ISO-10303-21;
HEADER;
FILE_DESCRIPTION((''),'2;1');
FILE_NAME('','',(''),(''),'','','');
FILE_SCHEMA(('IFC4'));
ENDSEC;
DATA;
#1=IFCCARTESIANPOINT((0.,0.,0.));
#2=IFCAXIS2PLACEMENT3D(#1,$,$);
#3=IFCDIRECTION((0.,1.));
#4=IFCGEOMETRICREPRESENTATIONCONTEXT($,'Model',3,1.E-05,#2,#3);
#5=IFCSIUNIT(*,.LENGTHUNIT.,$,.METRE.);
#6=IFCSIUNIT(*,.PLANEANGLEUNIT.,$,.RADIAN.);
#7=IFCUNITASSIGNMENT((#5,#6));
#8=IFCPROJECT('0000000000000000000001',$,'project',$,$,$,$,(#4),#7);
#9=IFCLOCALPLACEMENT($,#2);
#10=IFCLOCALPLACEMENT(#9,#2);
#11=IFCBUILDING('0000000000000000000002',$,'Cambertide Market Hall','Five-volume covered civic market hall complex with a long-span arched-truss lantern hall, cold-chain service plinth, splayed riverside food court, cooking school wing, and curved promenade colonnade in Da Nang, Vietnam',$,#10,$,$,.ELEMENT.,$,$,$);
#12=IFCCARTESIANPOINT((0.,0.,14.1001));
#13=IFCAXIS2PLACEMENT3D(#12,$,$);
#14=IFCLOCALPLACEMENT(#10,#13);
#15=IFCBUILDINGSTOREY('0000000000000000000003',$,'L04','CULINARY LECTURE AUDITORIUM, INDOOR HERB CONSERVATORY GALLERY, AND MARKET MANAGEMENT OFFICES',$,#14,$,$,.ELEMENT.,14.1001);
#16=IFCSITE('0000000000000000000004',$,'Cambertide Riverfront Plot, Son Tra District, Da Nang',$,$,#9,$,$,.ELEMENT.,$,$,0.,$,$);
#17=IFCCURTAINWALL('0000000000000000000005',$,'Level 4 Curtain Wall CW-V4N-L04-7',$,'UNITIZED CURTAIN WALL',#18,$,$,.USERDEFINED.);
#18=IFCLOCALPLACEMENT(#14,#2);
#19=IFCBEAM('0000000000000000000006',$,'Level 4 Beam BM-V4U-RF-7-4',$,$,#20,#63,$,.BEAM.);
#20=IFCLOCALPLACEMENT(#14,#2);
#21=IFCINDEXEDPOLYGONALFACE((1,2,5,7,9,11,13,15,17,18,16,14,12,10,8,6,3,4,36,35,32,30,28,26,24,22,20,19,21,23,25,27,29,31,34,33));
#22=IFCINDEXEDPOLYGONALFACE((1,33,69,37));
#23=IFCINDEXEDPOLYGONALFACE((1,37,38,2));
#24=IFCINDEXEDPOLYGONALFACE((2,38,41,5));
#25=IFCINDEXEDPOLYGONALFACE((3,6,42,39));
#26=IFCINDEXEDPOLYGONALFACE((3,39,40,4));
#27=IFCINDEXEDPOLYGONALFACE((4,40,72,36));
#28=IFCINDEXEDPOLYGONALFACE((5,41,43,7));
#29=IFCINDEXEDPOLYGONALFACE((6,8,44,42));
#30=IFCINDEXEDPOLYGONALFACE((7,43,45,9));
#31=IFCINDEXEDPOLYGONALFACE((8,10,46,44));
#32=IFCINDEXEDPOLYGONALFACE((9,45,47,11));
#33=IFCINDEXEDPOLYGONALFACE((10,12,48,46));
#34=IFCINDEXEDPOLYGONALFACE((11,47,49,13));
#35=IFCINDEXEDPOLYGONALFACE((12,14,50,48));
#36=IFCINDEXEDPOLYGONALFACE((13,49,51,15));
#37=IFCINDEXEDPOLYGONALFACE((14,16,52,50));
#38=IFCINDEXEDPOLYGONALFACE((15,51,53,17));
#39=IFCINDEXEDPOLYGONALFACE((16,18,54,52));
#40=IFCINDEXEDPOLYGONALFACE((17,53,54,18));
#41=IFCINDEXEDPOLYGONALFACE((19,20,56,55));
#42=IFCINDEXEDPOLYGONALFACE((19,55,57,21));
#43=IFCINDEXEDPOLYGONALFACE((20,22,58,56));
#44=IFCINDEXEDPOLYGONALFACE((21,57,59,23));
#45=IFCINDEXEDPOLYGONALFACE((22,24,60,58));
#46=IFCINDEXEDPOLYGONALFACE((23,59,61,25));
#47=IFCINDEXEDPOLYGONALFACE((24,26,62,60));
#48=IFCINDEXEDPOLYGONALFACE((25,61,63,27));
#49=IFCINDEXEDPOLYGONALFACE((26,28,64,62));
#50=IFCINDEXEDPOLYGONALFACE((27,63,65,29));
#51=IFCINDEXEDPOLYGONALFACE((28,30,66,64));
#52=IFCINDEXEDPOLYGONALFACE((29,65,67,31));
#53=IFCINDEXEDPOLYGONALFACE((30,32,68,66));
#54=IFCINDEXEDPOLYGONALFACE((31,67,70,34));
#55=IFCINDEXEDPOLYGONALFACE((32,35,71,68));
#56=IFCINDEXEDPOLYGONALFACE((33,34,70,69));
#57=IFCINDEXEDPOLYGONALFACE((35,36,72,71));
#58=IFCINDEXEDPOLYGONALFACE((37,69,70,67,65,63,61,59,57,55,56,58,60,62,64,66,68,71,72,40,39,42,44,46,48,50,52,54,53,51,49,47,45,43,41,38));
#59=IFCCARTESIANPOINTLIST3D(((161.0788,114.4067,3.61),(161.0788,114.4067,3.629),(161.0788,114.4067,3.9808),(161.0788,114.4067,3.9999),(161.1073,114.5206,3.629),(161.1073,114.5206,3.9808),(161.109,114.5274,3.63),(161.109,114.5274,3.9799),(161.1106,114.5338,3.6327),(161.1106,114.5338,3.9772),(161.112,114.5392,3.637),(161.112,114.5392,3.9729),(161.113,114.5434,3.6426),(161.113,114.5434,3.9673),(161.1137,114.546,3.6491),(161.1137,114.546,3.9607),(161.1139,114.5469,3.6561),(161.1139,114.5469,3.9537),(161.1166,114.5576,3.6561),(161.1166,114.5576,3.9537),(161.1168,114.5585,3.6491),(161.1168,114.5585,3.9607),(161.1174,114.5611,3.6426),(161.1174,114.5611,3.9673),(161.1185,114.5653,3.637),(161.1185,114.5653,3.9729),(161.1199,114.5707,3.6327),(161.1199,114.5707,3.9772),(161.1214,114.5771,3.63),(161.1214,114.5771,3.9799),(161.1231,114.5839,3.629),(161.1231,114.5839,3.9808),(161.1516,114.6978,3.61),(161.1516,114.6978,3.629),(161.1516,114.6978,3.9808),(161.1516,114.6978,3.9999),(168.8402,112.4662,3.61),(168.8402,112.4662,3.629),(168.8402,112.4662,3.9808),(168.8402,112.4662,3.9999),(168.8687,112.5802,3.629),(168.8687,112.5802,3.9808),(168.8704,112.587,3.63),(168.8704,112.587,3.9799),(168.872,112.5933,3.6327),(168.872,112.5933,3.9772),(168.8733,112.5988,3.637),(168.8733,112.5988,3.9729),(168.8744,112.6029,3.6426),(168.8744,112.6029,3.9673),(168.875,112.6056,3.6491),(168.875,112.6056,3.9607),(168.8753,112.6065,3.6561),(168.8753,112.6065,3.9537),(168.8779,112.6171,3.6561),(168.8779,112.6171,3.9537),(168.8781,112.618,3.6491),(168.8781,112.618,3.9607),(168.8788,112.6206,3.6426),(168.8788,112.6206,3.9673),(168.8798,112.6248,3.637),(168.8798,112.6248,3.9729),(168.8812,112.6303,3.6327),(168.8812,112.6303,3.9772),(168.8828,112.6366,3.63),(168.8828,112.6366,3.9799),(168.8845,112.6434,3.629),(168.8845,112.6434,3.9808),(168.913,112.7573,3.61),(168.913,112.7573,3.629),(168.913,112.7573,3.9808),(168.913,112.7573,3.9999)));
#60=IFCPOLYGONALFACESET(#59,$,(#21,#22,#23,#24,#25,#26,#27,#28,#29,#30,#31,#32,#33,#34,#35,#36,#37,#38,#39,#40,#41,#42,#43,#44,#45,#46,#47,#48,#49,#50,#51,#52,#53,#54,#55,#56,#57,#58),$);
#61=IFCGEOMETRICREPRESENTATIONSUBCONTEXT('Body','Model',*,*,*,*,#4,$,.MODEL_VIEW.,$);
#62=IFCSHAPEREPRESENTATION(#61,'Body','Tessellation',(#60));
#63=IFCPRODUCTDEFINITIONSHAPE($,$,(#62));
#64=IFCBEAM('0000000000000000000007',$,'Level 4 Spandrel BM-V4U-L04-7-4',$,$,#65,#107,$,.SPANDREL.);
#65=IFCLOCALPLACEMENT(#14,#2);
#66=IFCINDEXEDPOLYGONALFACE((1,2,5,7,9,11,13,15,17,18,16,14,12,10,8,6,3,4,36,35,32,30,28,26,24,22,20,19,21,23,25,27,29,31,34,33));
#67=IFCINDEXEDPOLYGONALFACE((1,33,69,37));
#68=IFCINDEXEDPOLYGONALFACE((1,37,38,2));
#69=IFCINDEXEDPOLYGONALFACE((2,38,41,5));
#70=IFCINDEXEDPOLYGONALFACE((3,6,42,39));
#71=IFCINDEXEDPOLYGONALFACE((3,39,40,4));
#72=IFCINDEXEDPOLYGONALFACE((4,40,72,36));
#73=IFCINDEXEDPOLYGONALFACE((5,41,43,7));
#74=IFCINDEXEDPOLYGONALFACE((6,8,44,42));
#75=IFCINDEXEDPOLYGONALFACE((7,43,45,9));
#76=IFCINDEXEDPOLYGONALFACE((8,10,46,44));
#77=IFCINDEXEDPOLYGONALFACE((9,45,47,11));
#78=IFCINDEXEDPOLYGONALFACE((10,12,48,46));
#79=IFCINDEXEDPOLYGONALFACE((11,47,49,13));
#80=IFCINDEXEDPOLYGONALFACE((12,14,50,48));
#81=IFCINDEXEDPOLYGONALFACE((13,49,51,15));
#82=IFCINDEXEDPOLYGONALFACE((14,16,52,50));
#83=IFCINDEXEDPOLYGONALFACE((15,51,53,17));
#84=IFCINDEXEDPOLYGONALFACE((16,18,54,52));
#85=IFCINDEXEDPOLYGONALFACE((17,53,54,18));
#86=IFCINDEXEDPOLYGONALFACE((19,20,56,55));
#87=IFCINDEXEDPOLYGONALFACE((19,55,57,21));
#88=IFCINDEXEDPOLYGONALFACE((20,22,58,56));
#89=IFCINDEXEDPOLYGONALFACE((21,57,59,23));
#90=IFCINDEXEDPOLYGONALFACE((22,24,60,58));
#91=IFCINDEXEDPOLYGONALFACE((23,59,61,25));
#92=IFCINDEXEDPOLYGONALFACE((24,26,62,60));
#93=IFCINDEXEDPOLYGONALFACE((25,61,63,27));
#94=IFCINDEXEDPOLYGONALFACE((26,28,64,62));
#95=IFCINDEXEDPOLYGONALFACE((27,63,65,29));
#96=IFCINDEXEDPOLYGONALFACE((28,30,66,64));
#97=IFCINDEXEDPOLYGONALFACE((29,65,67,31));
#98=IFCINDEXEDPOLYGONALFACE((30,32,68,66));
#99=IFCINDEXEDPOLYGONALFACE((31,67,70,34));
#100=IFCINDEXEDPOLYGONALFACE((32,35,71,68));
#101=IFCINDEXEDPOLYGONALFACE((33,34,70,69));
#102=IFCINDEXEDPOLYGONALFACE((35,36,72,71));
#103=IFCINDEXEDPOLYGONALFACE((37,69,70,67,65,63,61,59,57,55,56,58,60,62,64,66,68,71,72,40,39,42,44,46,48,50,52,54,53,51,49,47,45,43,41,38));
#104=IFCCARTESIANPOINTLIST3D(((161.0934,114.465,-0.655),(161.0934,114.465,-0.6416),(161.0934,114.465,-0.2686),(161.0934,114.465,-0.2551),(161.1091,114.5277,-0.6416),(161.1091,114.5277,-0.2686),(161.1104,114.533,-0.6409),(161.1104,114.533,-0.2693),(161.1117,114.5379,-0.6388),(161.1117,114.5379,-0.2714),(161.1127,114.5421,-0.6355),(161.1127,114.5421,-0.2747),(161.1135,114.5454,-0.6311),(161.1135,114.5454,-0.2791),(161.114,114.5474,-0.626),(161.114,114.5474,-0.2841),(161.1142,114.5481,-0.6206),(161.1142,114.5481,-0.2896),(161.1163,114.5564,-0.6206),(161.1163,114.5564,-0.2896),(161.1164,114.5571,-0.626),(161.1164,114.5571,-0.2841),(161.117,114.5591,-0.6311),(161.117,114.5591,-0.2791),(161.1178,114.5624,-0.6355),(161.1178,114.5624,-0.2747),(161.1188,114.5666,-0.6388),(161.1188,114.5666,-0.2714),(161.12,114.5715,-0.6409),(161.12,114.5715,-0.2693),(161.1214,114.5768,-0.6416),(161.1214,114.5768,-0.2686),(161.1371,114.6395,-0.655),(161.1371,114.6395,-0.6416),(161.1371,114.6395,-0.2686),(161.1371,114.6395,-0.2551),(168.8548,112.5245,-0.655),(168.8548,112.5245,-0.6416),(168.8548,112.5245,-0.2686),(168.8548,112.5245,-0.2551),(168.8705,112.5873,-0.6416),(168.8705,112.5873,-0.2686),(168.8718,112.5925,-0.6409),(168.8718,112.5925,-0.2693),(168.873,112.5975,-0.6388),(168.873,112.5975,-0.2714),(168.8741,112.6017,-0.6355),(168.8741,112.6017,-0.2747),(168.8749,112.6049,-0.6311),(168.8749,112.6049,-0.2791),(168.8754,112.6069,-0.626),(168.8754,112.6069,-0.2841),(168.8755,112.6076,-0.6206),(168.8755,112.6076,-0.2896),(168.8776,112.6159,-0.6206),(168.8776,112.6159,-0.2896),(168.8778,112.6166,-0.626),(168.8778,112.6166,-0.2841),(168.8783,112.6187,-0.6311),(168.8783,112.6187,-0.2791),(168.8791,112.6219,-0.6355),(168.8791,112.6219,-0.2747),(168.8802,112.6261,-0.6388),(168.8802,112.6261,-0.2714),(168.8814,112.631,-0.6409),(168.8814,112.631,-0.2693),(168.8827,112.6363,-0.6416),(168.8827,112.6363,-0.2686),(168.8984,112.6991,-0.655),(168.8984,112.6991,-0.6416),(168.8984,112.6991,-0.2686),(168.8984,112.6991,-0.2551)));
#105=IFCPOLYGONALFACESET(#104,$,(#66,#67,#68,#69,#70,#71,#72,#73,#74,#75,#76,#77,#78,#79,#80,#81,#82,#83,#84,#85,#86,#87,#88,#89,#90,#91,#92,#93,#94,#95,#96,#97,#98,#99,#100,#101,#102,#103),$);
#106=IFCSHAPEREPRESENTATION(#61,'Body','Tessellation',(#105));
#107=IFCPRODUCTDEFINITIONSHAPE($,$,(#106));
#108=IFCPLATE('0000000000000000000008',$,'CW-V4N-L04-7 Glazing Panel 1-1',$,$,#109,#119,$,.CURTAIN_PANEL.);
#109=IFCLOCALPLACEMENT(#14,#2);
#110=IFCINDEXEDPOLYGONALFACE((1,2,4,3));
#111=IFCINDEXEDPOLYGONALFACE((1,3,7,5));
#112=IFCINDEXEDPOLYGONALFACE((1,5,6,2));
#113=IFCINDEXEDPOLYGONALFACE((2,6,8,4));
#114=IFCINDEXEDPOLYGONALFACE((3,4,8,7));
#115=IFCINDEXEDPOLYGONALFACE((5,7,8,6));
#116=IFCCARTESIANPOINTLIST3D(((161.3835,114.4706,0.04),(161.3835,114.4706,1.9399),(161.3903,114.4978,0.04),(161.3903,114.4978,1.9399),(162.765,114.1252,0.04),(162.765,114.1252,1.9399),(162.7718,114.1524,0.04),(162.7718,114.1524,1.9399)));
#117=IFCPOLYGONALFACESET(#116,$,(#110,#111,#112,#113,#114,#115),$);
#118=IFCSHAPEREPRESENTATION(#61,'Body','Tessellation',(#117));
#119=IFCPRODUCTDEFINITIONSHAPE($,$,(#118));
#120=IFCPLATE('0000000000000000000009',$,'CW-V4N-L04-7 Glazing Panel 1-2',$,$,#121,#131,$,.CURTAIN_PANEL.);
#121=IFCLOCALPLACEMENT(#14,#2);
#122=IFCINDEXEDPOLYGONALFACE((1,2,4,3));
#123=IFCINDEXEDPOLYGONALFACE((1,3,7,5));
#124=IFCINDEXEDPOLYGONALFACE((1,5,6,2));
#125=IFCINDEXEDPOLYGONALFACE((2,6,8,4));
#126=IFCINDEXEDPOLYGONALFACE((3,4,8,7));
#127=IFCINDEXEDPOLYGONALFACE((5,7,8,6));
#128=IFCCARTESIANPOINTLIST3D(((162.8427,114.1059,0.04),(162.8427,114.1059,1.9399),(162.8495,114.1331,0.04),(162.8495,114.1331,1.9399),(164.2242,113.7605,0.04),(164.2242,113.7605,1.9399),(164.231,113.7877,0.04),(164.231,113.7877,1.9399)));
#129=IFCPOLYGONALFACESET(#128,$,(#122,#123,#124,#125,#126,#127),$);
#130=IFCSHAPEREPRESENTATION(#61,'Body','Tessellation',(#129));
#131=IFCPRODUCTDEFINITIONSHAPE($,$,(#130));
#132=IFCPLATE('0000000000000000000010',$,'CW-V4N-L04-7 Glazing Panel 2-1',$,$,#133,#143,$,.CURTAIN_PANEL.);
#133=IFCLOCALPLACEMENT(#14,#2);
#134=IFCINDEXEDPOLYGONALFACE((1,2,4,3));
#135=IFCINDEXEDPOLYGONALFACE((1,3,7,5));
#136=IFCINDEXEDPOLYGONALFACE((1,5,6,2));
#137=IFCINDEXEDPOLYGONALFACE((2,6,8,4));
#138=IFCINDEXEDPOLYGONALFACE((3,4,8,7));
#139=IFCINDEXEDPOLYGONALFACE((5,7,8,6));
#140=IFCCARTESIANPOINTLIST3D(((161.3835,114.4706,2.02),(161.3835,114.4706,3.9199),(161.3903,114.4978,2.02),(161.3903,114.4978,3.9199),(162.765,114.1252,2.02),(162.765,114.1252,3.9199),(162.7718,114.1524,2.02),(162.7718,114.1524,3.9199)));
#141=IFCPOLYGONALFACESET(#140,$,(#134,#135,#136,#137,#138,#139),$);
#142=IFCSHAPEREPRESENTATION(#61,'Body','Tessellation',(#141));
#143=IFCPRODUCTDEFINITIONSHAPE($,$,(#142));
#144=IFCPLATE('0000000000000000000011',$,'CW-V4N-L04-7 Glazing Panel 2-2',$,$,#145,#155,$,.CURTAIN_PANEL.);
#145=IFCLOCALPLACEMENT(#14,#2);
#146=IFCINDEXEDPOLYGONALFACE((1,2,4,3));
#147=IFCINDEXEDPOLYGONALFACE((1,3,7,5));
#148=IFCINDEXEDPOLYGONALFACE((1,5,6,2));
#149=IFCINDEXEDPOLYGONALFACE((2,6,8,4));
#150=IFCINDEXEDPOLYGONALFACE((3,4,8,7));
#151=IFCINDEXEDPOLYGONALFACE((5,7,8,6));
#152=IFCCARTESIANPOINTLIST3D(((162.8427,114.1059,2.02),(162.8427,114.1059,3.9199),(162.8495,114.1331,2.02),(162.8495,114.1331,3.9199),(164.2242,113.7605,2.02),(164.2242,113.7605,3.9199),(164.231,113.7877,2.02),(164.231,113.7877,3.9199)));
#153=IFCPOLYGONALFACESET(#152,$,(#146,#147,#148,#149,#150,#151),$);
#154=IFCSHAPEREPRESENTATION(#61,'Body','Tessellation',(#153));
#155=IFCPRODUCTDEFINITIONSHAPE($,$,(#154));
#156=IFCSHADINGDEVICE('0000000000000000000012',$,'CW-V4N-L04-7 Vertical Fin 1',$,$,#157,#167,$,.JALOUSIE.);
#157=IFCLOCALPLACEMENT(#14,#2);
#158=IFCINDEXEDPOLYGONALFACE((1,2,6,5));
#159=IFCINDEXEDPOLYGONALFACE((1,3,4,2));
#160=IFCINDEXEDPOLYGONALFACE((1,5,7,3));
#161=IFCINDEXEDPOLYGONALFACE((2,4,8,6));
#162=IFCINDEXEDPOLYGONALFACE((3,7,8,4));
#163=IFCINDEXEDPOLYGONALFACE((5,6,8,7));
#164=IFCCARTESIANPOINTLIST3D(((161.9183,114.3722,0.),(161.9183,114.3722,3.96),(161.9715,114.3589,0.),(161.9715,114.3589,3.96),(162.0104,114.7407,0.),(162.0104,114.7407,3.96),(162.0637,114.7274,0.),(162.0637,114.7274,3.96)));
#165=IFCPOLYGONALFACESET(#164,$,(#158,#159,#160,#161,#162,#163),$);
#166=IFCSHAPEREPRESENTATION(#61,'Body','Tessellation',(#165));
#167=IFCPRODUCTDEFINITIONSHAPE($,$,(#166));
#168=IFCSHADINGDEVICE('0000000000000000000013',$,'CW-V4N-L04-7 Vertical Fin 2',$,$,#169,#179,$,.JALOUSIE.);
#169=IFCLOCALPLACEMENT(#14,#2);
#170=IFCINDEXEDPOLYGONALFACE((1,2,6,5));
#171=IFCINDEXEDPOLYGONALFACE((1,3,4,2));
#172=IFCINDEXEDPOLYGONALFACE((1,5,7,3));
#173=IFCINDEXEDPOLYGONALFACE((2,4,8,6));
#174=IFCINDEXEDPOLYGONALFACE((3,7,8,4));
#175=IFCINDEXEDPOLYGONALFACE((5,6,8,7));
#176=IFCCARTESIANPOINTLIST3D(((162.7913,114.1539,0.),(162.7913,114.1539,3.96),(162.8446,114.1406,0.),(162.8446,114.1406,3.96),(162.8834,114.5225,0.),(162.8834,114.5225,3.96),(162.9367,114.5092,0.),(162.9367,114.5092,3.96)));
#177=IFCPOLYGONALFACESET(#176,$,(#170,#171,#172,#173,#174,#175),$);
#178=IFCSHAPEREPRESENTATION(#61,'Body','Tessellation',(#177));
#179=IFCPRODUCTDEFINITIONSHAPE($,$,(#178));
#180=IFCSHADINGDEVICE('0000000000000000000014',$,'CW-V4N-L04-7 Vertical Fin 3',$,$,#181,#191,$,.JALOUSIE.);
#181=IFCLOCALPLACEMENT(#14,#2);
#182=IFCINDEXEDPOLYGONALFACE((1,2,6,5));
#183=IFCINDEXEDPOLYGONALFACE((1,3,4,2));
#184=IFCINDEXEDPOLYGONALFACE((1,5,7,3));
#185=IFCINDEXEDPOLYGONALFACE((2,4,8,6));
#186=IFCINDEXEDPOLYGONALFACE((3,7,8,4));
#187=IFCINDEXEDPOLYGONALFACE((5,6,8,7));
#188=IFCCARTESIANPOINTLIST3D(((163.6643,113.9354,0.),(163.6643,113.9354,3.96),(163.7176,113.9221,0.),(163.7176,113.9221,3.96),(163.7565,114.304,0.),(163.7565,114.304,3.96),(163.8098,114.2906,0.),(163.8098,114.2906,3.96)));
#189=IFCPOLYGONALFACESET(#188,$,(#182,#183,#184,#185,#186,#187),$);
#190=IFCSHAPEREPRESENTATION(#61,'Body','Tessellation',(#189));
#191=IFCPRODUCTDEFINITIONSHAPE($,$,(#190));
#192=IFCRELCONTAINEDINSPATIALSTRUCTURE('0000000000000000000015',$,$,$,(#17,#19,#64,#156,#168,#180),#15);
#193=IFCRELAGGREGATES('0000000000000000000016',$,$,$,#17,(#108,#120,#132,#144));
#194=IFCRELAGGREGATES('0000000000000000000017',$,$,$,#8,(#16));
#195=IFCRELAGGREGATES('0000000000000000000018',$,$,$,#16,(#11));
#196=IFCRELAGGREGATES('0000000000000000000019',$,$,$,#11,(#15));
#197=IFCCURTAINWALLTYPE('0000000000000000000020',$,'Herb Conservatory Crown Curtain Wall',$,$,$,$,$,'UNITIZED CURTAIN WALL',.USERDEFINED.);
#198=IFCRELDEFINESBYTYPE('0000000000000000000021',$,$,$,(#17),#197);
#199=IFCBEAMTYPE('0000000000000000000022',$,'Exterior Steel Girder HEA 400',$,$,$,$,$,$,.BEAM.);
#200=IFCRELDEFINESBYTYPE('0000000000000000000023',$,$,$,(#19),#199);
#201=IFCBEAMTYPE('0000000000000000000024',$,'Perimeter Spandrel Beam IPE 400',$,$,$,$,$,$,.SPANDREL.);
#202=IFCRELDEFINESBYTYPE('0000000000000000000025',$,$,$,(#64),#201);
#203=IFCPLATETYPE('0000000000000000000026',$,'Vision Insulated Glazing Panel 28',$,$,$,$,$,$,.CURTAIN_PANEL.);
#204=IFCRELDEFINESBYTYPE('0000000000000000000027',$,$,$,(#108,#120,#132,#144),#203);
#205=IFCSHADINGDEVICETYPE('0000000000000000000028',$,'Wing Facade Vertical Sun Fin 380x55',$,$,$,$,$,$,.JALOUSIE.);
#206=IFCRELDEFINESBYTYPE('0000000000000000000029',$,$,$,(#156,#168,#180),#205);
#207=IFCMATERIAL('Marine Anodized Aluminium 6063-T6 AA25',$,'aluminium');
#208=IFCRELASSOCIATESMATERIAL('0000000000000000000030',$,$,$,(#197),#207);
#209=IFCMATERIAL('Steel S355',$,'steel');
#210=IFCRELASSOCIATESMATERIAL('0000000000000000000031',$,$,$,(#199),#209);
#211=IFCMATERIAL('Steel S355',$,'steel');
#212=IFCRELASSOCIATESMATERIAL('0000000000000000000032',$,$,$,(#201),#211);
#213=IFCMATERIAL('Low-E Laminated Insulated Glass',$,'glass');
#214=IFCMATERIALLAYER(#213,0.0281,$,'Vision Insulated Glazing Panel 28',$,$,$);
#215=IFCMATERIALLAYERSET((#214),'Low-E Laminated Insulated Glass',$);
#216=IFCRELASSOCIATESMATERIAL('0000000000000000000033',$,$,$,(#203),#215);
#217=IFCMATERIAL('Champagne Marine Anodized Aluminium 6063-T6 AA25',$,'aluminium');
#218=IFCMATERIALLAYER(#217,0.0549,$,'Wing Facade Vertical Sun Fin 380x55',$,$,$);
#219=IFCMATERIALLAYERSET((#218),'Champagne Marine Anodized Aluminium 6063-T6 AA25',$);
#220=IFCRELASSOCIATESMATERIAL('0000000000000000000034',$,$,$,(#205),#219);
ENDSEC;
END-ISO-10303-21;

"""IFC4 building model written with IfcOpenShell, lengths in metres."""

from ifc_helpers import new_model, si_unit, direction, frame, origin, origin_2d, place, context, subcontext, project, spatial, rectangle, i_section, extrude, material, layer, layer_set, material_profile, profile_set, type_object, element, aggregate, save


model = new_model("IFC4")

# Units and contexts
model_context = context("Model", 3, precision=1e-05, world=origin(), true_north=direction((0.0, 1.0)))
body_context = subcontext(model_context, "Body", "Model", "MODEL_VIEW")
ifc_project = project(units=[si_unit("LENGTHUNIT", "METRE"), si_unit("PLANEANGLEUNIT", "RADIAN")], contexts=[model_context])

# Site, building, storey
site_placement = place(None, origin())
site = spatial("IfcSite", under=ifc_project, at=site_placement, Name="Cambertide Riverfront Plot, Son Tra District, Da Nang", CompositionType="ELEMENT", RefElevation=0.0)
building_placement = place(site_placement, origin())
building = spatial("IfcBuilding", under=site, at=building_placement, Name="Cambertide Market Hall", Description="Five-volume covered civic market hall complex with a long-span arched-truss lantern hall, cold-chain service plinth, splayed riverside food court, cooking school wing, and curved promenade colonnade in Da Nang, Vietnam", CompositionType="ELEMENT")
storey_placement = place(building_placement, frame((0.0, 0.0, 14.1001)))
storey = spatial("IfcBuildingStorey", under=building, at=storey_placement, Name="L04", Description="CULINARY LECTURE AUDITORIUM, INDOOR HERB CONSERVATORY GALLERY, AND MARKET MANAGEMENT OFFICES", CompositionType="ELEMENT", Elevation=14.1001)

# Curtain wall
ifc_material_1 = material(Name="Marine Anodized Aluminium 6063-T6 AA25", Category="aluminium")
curtain_wall_type = type_object("IfcCurtainWallType", Name="Herb Conservatory Crown Curtain Wall", ElementType="UNITIZED CURTAIN WALL", PredefinedType="USERDEFINED", material=ifc_material_1)
curtain_wall_placement = place(storey_placement, origin())
curtain_wall = element("IfcCurtainWall", 1, at=curtain_wall_placement, inside=storey, type_object=curtain_wall_type, Name="Level 4 Curtain Wall CW-V4N-L04-7", ObjectType="UNITIZED CURTAIN WALL", PredefinedType="USERDEFINED")

# Beams
ifc_material_2 = material(Name="Steel S355", Category="steel")
ifc_material_profile_1 = material_profile(ifc_material_2, i_section(OverallWidth=0.3, OverallDepth=0.3899, WebThickness=0.011, FlangeThickness=0.019, FilletRadius=0.0271, at=origin_2d()), Name="HEA 400")
ifc_profile_set_1 = profile_set([ifc_material_profile_1], Name="Steel S355")
beam_type_1 = type_object("IfcBeamType", Name="Exterior Steel Girder HEA 400", PredefinedType="BEAM", material=ifc_profile_set_1)
beam_1_placement = place(storey_placement, frame((161.1152, 114.5522, 3.8049), z_axis=(0.970139, -0.24255, 0.0), x_axis=(0.24255, 0.970139, 0.0)))
element("IfcBeam", 2, at=beam_1_placement, inside=storey, type_object=beam_type_1, Name="Level 4 Beam BM-V4U-RF-7-4", PredefinedType="BEAM", context=body_context, shape_type="SweptSolid", body=[
    extrude(i_section(OverallWidth=0.3, OverallDepth=0.3899, WebThickness=0.011, FlangeThickness=0.019, FilletRadius=0.0271, at=origin_2d()), origin(), (0.0, 0.0, 1.0), 8.0002),
])
ifc_material_3 = material(Name="Steel S355", Category="steel")
ifc_material_profile_2 = material_profile(ifc_material_3, i_section(OverallWidth=0.1799, OverallDepth=0.3999, WebThickness=0.0085, FlangeThickness=0.0134, FilletRadius=0.021, at=origin_2d()), Name="IPE 400")
ifc_profile_set_2 = profile_set([ifc_material_profile_2], Name="Steel S355")
beam_type_2 = type_object("IfcBeamType", Name="Perimeter Spandrel Beam IPE 400", PredefinedType="SPANDREL", material=ifc_profile_set_2)
beam_2_placement = place(storey_placement, frame((161.1152, 114.5522, -0.4551), z_axis=(0.970139, -0.24255, 0.0), x_axis=(0.24255, 0.970139, 0.0)))
element("IfcBeam", 3, at=beam_2_placement, inside=storey, type_object=beam_type_2, Name="Level 4 Spandrel BM-V4U-L04-7-4", PredefinedType="SPANDREL", context=body_context, shape_type="SweptSolid", body=[
    extrude(i_section(OverallWidth=0.1799, OverallDepth=0.3999, WebThickness=0.0085, FlangeThickness=0.0134, FilletRadius=0.021, at=origin_2d()), origin(), (0.0, 0.0, 1.0), 8.0002),
])

# Plates
ifc_material_4 = material(Name="Low-E Laminated Insulated Glass", Category="glass")
ifc_layer_1 = layer(ifc_material_4, 0.0281, Name="Vision Insulated Glazing Panel 28")
ifc_layer_set_1 = layer_set([ifc_layer_1], Name="Low-E Laminated Insulated Glass")
plate_type = type_object("IfcPlateType", Name="Vision Insulated Glazing Panel 28", PredefinedType="CURTAIN_PANEL", material=ifc_layer_set_1)
plate_1_placement = place(storey_placement, frame((162.0776, 114.3115, 0.04), z_axis=(0.0, 0.0, 1.0), x_axis=(0.970143, -0.242536, 0.0)))
plate_1 = element("IfcPlate", 4, at=plate_1_placement, type_object=plate_type, Name="CW-V4N-L04-7 Glazing Panel 1-1", PredefinedType="CURTAIN_PANEL", context=body_context, shape_type="SweptSolid", body=[
    extrude(rectangle(XDim=1.4241, YDim=0.0281, at=origin_2d()), origin(), (0.0, 0.0, 1.0), 1.8999),
])
plate_2_placement = place(storey_placement, frame((163.5369, 113.9468, 0.04), z_axis=(0.0, 0.0, 1.0), x_axis=(0.970143, -0.242536, 0.0)))
plate_2 = element("IfcPlate", 5, at=plate_2_placement, type_object=plate_type, Name="CW-V4N-L04-7 Glazing Panel 1-2", PredefinedType="CURTAIN_PANEL", context=body_context, shape_type="SweptSolid", body=[
    extrude(rectangle(XDim=1.4241, YDim=0.0281, at=origin_2d()), origin(), (0.0, 0.0, 1.0), 1.8999),
])
plate_3_placement = place(storey_placement, frame((162.0776, 114.3115, 2.02), z_axis=(0.0, 0.0, 1.0), x_axis=(0.970143, -0.242536, 0.0)))
plate_3 = element("IfcPlate", 6, at=plate_3_placement, type_object=plate_type, Name="CW-V4N-L04-7 Glazing Panel 2-1", PredefinedType="CURTAIN_PANEL", context=body_context, shape_type="SweptSolid", body=[
    extrude(rectangle(XDim=1.4241, YDim=0.0281, at=origin_2d()), origin(), (0.0, 0.0, 1.0), 1.8999),
])
plate_4_placement = place(storey_placement, frame((163.5369, 113.9468, 2.02), z_axis=(0.0, 0.0, 1.0), x_axis=(0.970143, -0.242536, 0.0)))
plate_4 = element("IfcPlate", 7, at=plate_4_placement, type_object=plate_type, Name="CW-V4N-L04-7 Glazing Panel 2-2", PredefinedType="CURTAIN_PANEL", context=body_context, shape_type="SweptSolid", body=[
    extrude(rectangle(XDim=1.4241, YDim=0.0281, at=origin_2d()), origin(), (0.0, 0.0, 1.0), 1.8999),
])
aggregate(curtain_wall, [plate_1, plate_2, plate_3, plate_4])

# Shading devices
ifc_material_5 = material(Name="Champagne Marine Anodized Aluminium 6063-T6 AA25", Category="aluminium")
ifc_layer_2 = layer(ifc_material_5, 0.0549, Name="Wing Facade Vertical Sun Fin 380x55")
ifc_layer_set_2 = layer_set([ifc_layer_2], Name="Champagne Marine Anodized Aluminium 6063-T6 AA25")
shading_device_type = type_object("IfcShadingDeviceType", Name="Wing Facade Vertical Sun Fin 380x55", PredefinedType="JALOUSIE", material=ifc_layer_set_2)
for number, where, z_axis, x_axis, name in (
    (8, (161.991, 114.5498, 0.0), (0.0, 0.0, 1.0), (0.970143, -0.242536, 0.0), "CW-V4N-L04-7 Vertical Fin 1"),
    (9, (162.864, 114.3315, 0.0), (0.0, 0.0, 1.0), (0.970143, -0.242536, 0.0), "CW-V4N-L04-7 Vertical Fin 2"),
    (10, (163.7371, 114.113, 0.0), (0.0, 0.0, 1.0), (0.970143, -0.242536, 0.0), "CW-V4N-L04-7 Vertical Fin 3"),
):
    element("IfcShadingDevice", number, at=place(storey_placement, frame(where, z_axis=z_axis, x_axis=x_axis)), inside=storey, type_object=shading_device_type, Name=name, PredefinedType="JALOUSIE", context=body_context, shape_type="SweptSolid", body=[
        extrude(rectangle(XDim=0.0549, YDim=0.3799, at=origin_2d()), origin(), (0.0, 0.0, 1.0), 3.96),
    ])

save(model, "model.ifc")
